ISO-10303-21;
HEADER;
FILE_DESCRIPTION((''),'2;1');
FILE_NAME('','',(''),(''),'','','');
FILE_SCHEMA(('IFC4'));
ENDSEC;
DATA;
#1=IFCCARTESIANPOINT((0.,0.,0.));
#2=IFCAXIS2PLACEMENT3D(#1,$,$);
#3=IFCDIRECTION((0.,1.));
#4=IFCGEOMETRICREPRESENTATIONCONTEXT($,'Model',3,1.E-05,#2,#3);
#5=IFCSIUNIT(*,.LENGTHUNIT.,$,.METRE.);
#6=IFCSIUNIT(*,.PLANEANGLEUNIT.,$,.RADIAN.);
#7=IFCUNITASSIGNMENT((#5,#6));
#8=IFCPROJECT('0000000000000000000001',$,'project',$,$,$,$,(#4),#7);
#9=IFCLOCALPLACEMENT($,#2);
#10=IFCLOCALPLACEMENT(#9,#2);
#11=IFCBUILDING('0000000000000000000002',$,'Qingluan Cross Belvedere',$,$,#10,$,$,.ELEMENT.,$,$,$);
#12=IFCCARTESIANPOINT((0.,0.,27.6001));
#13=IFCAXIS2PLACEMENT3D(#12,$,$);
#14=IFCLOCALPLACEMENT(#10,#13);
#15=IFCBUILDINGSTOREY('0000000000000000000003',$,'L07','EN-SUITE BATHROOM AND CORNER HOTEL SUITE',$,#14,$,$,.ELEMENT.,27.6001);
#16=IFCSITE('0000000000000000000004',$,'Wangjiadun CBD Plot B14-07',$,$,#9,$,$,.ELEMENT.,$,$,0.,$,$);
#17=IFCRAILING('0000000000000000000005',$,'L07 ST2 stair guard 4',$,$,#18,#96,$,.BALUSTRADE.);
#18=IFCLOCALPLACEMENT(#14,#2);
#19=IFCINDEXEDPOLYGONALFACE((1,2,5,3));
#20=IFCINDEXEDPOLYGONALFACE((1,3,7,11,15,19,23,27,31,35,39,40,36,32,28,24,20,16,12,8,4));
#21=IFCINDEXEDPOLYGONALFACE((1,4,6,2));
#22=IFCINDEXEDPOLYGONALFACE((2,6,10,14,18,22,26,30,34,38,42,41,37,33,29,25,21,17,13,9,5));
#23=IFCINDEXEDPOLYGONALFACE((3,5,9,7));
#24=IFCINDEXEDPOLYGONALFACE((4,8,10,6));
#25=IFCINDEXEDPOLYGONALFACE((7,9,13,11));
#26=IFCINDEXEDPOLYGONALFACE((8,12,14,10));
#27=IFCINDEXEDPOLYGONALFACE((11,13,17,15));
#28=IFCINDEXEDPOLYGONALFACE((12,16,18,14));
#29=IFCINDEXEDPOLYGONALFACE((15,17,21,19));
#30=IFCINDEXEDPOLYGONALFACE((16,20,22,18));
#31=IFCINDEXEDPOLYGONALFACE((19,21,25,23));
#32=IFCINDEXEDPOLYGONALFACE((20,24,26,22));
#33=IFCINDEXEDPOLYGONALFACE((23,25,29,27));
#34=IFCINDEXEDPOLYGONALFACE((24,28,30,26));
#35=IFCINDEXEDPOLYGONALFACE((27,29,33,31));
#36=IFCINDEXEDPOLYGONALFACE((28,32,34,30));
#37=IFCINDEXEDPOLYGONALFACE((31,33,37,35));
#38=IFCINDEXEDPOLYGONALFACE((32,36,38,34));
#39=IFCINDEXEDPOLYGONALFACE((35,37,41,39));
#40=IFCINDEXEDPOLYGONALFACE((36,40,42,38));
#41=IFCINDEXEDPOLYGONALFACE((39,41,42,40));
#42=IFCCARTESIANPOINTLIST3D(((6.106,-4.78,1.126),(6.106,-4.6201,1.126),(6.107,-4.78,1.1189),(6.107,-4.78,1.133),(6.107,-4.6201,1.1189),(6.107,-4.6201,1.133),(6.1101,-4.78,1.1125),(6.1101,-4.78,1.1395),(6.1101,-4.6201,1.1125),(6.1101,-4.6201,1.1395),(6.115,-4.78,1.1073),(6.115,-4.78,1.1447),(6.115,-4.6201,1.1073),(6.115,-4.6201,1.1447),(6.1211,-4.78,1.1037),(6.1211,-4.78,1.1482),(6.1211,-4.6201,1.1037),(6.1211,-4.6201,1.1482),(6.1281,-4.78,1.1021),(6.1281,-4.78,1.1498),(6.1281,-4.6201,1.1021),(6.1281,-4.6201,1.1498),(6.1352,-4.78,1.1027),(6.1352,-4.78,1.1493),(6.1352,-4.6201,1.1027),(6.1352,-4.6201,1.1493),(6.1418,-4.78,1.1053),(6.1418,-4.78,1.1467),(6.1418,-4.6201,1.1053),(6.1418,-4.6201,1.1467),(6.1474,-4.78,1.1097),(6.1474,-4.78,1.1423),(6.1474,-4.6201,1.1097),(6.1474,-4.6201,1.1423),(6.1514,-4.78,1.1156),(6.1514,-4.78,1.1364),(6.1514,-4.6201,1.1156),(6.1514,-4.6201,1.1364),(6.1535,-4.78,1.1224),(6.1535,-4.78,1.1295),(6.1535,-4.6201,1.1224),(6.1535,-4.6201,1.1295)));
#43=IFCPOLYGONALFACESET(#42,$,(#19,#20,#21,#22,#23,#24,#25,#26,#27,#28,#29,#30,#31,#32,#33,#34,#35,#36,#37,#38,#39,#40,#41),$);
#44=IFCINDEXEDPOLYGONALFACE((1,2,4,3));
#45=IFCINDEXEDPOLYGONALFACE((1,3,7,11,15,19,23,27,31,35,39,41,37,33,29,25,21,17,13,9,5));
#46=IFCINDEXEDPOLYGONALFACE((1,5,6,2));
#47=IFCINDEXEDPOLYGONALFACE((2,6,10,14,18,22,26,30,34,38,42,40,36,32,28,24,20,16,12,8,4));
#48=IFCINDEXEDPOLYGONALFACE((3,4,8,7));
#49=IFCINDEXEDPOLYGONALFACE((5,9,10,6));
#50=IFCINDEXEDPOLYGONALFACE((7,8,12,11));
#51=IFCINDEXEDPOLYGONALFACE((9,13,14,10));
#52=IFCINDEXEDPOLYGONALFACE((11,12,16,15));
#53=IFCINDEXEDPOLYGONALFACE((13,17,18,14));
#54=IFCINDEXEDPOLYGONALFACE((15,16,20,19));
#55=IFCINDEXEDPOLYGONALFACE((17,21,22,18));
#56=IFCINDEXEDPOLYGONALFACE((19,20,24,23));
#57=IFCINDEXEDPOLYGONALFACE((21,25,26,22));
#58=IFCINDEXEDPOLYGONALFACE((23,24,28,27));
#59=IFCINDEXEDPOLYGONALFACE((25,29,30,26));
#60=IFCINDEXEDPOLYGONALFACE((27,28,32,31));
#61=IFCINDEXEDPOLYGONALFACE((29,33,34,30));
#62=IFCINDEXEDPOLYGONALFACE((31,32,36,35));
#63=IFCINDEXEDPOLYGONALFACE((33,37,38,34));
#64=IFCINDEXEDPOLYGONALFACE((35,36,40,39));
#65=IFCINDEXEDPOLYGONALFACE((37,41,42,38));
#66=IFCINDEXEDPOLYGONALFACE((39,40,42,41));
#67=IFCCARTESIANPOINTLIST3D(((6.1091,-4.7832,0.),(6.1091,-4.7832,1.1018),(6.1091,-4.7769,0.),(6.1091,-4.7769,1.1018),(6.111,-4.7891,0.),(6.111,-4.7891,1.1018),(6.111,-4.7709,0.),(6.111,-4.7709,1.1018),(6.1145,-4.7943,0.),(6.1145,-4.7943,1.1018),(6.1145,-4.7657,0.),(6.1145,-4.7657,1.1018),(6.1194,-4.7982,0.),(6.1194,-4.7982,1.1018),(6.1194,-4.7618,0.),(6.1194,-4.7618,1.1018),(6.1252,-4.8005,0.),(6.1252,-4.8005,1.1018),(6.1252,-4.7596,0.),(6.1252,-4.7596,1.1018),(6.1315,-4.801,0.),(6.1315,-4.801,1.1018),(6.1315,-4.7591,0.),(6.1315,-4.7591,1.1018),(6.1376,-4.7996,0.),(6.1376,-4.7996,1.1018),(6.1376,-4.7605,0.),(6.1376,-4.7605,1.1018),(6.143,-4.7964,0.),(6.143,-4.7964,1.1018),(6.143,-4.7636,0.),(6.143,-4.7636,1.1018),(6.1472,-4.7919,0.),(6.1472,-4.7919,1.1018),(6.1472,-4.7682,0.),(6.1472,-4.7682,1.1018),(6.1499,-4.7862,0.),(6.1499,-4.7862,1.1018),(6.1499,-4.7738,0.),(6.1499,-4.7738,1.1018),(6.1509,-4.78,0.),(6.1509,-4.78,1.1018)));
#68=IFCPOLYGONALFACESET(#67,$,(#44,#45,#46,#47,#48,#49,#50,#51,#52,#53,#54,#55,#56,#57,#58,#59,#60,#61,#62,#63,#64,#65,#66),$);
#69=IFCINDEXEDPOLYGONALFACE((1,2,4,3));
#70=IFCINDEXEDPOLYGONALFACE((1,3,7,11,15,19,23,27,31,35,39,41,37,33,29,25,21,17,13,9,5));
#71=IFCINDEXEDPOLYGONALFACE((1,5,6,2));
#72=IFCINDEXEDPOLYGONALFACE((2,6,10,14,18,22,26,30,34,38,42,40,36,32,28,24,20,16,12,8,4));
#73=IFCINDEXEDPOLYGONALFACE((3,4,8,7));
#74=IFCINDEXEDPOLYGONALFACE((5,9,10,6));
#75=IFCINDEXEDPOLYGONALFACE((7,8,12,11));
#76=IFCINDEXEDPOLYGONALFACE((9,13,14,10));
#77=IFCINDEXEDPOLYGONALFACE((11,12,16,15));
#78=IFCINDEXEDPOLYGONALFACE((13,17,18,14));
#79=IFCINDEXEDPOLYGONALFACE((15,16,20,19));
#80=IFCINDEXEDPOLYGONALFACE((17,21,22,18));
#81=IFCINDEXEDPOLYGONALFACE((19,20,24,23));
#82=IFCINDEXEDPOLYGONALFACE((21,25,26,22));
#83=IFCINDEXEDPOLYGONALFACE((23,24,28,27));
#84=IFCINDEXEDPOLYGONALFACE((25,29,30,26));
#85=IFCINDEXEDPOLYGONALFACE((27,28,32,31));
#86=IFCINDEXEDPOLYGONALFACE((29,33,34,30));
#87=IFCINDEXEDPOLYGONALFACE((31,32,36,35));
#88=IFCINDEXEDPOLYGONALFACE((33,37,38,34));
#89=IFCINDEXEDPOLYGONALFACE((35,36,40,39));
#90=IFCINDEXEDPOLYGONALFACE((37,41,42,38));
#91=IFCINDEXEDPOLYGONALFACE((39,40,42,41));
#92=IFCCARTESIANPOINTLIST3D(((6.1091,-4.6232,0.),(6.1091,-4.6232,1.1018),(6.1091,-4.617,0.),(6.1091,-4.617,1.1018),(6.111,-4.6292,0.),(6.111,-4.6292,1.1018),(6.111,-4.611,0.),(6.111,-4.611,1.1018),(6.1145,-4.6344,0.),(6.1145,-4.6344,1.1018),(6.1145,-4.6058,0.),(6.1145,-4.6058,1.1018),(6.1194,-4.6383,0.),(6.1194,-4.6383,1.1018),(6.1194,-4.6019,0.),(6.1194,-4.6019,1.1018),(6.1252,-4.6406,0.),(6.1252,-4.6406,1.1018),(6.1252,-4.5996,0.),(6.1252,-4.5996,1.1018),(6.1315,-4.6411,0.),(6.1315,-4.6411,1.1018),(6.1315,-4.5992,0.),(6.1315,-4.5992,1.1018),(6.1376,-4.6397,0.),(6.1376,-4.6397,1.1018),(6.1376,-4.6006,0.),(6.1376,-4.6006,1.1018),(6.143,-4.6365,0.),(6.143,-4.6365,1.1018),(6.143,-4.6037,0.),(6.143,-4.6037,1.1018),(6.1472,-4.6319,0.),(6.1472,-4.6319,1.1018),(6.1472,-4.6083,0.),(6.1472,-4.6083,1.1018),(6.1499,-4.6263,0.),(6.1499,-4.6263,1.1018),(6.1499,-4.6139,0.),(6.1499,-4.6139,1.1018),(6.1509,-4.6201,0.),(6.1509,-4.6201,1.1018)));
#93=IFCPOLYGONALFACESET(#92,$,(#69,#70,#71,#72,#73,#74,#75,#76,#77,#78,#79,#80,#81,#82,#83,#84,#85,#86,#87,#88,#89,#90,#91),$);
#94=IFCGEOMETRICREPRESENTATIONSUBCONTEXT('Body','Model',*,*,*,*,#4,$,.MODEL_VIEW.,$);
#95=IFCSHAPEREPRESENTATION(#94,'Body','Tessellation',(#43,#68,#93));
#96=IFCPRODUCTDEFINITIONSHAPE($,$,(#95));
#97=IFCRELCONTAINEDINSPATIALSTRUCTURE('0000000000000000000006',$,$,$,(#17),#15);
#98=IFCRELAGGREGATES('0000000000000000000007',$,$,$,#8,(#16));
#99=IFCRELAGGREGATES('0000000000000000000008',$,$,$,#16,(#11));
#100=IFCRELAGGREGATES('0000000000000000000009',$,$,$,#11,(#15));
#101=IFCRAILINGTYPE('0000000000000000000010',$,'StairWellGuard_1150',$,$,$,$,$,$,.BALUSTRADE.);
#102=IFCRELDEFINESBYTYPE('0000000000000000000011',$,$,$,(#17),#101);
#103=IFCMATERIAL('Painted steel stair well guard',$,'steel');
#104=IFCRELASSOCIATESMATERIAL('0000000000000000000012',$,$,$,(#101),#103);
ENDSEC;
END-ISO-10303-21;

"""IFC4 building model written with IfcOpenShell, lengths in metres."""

from ifc_helpers import new_model, si_unit, direction, frame, origin, origin_2d, place, context, subcontext, project, spatial, circle, extrude, material, type_object, element, save


model = new_model("IFC4")

# Units and contexts
model_context = context("Model", 3, precision=1e-05, world=origin(), true_north=direction((0.0, 1.0)))
body_context = subcontext(model_context, "Body", "Model", "MODEL_VIEW")
ifc_project = project(units=[si_unit("LENGTHUNIT", "METRE"), si_unit("PLANEANGLEUNIT", "RADIAN")], contexts=[model_context])

# Site, building, storey
site_placement = place(None, origin())
site = spatial("IfcSite", under=ifc_project, at=site_placement, Name="Wangjiadun CBD Plot B14-07", CompositionType="ELEMENT", RefElevation=0.0)
building_placement = place(site_placement, origin())
building = spatial("IfcBuilding", under=site, at=building_placement, Name="Qingluan Cross Belvedere", CompositionType="ELEMENT")
storey_placement = place(building_placement, frame((0.0, 0.0, 27.6001)))
storey = spatial("IfcBuildingStorey", under=building, at=storey_placement, Name="L07", Description="EN-SUITE BATHROOM AND CORNER HOTEL SUITE", CompositionType="ELEMENT", Elevation=27.6001)

# Railing
ifc_material_1 = material(Name="Painted steel stair well guard", Category="steel")
railing_type_1 = type_object("IfcRailingType", Name="StairWellGuard_1150", PredefinedType="BALUSTRADE", material=ifc_material_1)
railing_1_placement = place(storey_placement, frame((6.1299, -4.78, 0.0)))
element("IfcRailing", 1, at=railing_1_placement, inside=storey, type_object=railing_type_1, Name="L07 ST2 stair guard 4", PredefinedType="BALUSTRADE", context=body_context, shape_type="SweptSolid", body=[
    extrude(circle(Radius=0.0239, at=origin_2d()), frame((0.0, 0.0, 1.126), z_axis=(0.0, 1.0, 0.0), x_axis=(-1.0, 0.0, 0.0)), (0.0, 0.0, 1.0), 0.1599),
    extrude(circle(Radius=0.021, at=origin_2d()), origin(), (0.0, 0.0, 1.0), 1.1018),
    extrude(circle(Radius=0.021, at=origin_2d()), frame((0.0, 0.1599, 0.0)), (0.0, 0.0, 1.0), 1.1018),
])

save(model, "model.ifc")
